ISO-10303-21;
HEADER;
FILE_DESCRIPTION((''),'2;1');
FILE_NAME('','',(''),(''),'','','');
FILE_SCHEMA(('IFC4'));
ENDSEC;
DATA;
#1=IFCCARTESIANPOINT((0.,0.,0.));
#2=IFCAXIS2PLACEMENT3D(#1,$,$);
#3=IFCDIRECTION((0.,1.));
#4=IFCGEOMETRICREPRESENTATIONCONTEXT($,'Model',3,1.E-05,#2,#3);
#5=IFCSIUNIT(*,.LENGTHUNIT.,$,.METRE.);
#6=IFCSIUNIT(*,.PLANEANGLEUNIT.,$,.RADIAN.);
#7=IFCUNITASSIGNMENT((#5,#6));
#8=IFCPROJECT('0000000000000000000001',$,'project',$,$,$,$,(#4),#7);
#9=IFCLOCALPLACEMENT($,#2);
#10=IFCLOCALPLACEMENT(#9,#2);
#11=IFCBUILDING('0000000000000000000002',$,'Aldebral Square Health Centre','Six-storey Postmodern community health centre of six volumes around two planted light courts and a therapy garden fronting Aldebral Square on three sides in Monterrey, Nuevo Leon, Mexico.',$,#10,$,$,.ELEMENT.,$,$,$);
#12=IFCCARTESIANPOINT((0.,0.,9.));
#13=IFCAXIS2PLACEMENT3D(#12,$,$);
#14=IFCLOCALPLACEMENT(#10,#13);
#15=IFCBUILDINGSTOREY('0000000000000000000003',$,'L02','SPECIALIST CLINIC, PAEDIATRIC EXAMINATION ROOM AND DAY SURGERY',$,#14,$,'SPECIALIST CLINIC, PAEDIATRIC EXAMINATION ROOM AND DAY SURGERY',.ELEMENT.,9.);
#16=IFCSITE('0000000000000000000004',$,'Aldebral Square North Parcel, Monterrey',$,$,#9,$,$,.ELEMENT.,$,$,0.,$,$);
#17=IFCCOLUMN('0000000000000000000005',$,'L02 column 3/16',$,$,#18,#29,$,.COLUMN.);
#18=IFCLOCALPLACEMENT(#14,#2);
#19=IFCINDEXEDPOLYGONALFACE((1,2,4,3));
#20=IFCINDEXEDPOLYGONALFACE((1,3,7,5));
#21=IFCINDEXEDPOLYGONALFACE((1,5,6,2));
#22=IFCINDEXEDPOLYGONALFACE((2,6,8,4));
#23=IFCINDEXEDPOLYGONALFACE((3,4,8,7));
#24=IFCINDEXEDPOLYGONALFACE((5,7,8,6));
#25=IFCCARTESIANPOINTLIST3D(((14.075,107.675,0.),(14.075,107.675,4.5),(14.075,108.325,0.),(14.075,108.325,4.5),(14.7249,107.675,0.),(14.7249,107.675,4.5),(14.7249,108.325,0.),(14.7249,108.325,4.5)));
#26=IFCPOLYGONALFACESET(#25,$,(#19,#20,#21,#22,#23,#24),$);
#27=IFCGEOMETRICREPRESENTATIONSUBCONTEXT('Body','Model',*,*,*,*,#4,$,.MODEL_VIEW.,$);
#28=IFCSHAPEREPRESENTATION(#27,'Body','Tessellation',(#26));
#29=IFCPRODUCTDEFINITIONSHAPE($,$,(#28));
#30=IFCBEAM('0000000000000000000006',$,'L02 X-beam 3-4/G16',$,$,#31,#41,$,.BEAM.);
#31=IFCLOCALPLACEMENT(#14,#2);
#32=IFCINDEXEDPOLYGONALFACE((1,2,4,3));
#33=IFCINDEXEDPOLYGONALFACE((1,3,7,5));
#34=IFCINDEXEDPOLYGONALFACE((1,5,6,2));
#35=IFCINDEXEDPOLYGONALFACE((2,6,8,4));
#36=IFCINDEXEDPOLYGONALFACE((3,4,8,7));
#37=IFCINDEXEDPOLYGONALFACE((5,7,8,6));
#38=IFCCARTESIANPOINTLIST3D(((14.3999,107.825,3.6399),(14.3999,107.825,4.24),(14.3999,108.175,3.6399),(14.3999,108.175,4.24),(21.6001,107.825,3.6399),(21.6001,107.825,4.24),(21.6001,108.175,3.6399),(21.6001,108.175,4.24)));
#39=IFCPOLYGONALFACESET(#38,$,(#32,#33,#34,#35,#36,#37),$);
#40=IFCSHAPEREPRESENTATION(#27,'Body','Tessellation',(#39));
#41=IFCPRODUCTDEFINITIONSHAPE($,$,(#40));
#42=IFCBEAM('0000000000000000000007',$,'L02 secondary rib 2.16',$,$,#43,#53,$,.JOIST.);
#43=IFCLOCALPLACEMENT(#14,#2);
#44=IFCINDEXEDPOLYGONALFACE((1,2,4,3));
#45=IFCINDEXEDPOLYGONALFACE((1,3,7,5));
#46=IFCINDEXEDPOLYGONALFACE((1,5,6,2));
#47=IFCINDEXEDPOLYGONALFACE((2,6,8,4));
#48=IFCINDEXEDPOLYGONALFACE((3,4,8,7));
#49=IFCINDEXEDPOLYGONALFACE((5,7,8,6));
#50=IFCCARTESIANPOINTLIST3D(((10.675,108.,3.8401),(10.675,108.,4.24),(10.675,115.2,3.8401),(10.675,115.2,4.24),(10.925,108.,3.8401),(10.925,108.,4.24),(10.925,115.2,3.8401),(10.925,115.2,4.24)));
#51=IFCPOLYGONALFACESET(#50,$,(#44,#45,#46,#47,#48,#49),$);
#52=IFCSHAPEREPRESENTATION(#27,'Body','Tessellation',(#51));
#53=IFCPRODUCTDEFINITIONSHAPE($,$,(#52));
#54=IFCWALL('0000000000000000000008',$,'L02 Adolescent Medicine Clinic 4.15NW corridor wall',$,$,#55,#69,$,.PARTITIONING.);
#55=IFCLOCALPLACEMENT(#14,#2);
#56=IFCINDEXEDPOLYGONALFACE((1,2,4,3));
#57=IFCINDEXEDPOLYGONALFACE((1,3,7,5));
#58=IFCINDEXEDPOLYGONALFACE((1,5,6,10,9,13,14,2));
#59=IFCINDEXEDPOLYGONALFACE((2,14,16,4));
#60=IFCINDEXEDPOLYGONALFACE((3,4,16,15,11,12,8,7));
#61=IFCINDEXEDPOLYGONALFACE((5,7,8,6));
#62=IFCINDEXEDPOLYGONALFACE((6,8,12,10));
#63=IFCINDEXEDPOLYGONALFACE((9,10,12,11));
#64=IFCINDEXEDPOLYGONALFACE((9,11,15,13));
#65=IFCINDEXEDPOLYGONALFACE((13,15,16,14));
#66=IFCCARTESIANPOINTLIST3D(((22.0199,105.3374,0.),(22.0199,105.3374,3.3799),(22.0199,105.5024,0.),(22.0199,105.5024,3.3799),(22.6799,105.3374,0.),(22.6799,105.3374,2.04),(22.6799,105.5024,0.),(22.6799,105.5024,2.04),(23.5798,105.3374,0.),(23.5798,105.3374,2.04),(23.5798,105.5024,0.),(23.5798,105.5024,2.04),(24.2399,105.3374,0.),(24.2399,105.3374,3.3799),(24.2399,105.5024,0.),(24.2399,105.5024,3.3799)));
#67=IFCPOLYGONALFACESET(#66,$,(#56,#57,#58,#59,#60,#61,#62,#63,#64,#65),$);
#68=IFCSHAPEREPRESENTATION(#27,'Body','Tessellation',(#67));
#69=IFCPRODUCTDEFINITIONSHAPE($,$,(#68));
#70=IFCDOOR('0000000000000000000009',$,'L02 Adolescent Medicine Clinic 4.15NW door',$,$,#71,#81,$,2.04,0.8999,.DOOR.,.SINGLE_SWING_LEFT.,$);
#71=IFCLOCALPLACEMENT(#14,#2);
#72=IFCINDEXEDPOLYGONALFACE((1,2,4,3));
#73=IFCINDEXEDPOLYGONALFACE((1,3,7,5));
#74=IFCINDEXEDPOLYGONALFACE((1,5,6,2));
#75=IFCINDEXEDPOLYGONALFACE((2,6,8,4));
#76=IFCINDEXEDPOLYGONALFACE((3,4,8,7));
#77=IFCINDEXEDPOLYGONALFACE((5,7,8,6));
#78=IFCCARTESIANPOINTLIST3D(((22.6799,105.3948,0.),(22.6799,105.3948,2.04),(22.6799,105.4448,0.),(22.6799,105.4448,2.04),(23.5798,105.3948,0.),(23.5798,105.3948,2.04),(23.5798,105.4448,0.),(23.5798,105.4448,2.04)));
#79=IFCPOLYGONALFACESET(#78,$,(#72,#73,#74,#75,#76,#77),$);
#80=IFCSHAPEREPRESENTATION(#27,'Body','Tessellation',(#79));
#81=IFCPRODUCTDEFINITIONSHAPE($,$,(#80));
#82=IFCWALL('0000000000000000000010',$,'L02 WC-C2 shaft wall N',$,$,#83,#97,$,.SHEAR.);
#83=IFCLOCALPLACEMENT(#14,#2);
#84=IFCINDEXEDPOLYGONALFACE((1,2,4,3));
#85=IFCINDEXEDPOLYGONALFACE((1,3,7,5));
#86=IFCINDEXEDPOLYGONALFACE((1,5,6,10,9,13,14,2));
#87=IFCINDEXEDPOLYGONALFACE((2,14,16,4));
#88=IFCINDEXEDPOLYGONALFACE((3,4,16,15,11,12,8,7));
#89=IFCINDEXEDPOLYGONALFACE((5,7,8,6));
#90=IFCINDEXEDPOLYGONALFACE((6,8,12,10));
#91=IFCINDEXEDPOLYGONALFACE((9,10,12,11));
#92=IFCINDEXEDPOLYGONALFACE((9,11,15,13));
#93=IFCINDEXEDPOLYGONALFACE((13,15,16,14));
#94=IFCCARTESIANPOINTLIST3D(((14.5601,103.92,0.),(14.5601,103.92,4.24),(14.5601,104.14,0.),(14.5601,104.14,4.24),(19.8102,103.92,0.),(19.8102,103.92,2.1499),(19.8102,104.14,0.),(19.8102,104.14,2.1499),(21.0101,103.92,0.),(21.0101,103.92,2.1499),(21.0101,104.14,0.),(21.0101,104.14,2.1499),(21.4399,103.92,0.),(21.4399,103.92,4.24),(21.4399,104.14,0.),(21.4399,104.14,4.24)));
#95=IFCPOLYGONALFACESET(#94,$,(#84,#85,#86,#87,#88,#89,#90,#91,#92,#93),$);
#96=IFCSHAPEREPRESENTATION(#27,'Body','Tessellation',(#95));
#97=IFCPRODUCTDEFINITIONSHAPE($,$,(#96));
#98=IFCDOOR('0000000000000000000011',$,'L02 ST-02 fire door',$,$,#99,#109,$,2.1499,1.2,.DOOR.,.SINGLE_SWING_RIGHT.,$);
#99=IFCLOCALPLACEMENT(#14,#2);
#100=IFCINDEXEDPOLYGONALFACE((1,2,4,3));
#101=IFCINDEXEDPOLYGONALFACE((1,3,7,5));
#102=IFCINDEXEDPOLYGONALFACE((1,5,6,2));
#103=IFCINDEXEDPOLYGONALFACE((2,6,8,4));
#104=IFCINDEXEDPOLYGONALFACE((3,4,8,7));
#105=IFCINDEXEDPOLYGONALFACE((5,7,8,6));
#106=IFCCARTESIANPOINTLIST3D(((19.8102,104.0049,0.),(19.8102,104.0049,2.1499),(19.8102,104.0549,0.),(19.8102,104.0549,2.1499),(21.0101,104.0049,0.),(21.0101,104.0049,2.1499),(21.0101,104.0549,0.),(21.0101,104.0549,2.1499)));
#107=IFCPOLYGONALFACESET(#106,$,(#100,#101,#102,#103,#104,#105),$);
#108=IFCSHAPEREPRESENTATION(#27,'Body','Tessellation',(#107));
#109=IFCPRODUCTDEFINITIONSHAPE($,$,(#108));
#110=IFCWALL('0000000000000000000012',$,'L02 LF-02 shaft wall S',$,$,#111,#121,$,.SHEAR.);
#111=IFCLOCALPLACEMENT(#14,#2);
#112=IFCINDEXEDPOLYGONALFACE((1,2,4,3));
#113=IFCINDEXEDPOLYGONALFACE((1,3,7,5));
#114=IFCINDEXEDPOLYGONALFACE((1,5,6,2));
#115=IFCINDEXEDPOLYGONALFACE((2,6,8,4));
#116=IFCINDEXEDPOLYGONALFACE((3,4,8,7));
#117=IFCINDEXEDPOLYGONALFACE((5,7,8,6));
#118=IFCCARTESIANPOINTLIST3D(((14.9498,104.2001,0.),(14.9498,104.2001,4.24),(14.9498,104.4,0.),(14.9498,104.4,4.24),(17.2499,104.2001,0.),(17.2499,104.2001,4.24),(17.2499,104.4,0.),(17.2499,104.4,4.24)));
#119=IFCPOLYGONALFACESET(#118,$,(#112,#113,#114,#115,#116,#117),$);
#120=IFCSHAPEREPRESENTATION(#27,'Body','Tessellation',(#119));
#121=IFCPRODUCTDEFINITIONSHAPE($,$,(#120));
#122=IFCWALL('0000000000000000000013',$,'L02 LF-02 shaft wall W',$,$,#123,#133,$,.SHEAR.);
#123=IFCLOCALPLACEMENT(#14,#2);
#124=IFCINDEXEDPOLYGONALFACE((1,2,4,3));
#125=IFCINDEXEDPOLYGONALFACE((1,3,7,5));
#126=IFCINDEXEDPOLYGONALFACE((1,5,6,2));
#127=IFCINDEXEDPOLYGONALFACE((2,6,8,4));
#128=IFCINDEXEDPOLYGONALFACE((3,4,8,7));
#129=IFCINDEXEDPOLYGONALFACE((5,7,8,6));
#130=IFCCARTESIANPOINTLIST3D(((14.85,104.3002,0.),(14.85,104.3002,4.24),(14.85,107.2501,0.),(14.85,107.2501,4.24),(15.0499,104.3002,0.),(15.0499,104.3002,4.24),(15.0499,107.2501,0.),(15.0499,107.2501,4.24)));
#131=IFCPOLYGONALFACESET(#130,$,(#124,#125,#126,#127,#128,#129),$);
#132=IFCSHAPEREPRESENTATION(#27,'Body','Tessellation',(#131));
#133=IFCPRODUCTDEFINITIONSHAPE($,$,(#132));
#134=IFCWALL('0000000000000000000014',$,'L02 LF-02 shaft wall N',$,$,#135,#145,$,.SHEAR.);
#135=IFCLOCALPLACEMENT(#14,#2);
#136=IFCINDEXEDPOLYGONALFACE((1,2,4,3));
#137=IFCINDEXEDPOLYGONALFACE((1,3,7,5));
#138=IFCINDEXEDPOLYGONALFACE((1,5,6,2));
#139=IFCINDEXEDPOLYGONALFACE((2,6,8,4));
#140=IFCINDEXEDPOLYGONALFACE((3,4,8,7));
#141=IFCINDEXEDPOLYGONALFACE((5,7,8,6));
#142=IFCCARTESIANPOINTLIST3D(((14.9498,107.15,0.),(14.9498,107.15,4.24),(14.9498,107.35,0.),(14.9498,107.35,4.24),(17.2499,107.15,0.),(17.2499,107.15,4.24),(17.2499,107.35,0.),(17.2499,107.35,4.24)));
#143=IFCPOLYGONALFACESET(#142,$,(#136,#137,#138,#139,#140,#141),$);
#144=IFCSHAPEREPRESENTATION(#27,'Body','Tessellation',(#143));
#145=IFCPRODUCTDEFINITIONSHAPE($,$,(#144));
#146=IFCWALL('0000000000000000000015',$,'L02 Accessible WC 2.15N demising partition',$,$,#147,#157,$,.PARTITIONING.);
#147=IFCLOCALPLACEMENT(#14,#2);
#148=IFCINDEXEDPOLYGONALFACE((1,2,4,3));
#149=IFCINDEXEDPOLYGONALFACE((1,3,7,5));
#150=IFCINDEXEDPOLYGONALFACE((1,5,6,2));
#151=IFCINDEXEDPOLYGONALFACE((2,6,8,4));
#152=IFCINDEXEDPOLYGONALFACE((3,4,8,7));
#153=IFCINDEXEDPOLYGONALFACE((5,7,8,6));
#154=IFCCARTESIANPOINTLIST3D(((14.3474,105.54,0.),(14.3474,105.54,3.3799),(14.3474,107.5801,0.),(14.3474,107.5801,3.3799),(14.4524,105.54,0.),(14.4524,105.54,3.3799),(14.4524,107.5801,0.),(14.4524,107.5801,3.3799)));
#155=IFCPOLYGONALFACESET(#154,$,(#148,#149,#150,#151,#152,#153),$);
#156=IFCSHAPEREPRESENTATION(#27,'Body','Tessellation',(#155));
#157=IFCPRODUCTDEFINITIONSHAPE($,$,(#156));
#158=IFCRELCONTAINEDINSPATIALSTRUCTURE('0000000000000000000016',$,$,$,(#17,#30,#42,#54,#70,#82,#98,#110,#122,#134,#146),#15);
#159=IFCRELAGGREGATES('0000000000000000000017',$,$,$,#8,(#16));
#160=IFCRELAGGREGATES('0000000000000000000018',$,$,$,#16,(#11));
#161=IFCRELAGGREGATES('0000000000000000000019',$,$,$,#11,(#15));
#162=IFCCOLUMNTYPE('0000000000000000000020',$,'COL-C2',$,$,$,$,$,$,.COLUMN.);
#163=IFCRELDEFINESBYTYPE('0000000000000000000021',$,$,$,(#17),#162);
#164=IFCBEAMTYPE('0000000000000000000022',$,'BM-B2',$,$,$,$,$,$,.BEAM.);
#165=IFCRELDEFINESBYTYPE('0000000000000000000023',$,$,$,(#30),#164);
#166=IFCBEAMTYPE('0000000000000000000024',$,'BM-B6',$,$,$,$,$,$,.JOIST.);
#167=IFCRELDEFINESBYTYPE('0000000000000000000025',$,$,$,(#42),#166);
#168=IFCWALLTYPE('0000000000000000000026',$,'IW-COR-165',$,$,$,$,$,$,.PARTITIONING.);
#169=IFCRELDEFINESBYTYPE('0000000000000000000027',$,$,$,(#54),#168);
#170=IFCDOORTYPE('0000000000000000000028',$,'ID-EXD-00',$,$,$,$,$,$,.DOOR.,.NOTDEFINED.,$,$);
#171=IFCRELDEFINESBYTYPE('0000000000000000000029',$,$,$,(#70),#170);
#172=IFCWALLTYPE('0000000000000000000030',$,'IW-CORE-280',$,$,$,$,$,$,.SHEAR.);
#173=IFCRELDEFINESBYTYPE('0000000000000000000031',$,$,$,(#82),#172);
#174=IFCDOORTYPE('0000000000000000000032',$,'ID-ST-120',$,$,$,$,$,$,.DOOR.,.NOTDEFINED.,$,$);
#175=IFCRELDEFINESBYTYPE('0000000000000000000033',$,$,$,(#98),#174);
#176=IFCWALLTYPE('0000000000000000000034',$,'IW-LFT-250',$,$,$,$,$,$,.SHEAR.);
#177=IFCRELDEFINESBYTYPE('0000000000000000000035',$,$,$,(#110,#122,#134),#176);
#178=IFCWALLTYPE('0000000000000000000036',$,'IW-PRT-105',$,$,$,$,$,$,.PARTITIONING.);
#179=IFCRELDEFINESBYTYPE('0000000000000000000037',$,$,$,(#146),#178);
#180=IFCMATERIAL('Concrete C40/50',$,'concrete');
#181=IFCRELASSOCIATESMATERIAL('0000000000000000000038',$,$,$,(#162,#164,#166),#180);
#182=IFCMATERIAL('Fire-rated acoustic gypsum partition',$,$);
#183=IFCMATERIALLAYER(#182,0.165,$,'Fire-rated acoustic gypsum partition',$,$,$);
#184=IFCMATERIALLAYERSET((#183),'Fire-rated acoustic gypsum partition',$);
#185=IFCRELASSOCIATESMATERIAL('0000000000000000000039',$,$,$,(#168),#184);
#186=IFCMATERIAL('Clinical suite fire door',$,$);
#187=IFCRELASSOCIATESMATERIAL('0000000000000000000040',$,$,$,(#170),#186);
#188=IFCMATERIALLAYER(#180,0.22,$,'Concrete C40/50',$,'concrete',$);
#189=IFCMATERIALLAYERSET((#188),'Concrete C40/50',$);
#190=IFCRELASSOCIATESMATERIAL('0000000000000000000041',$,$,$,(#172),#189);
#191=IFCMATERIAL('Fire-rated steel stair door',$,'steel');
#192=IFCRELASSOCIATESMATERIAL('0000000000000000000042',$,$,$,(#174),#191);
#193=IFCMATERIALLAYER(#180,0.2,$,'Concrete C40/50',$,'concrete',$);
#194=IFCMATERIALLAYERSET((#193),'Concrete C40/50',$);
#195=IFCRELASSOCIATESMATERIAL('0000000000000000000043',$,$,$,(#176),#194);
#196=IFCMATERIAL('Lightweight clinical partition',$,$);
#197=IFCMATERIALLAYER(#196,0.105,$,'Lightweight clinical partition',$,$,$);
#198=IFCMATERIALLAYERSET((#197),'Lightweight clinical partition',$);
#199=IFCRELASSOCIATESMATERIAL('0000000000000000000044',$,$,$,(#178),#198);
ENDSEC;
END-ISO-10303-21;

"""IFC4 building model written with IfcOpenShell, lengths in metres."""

from ifc_helpers import new_model, si_unit, direction, frame, frame_2d, origin, origin_2d, place, context, subcontext, project, spatial, rectangle, extrude, material, layer, layer_set, material_profile, profile_set, type_object, element, fill, save


model = new_model("IFC4")

# Units and contexts
model_context = context("Model", 3, precision=1e-05, world=origin(), true_north=direction((0.0, 1.0)))
body_context = subcontext(model_context, "Body", "Model", "MODEL_VIEW")
ifc_project = project(units=[si_unit("LENGTHUNIT", "METRE"), si_unit("PLANEANGLEUNIT", "RADIAN")], contexts=[model_context])

# Site, building, storey
site_placement = place(None, origin())
site = spatial("IfcSite", under=ifc_project, at=site_placement, Name="Aldebral Square North Parcel, Monterrey", CompositionType="ELEMENT", RefElevation=0.0)
building_placement = place(site_placement, origin())
building = spatial("IfcBuilding", under=site, at=building_placement, Name="Aldebral Square Health Centre", Description="Six-storey Postmodern community health centre of six volumes around two planted light courts and a therapy garden fronting Aldebral Square on three sides in Monterrey, Nuevo Leon, Mexico.", CompositionType="ELEMENT")
storey_placement = place(building_placement, frame((0.0, 0.0, 9.0)))
storey = spatial("IfcBuildingStorey", under=building, at=storey_placement, Name="L02", Description="SPECIALIST CLINIC, PAEDIATRIC EXAMINATION ROOM AND DAY SURGERY", LongName="SPECIALIST CLINIC, PAEDIATRIC EXAMINATION ROOM AND DAY SURGERY", CompositionType="ELEMENT", Elevation=9.0)

# Column
ifc_material_1 = material(Name="Concrete C40/50", Category="concrete")
ifc_material_profile_1 = material_profile(ifc_material_1, rectangle(XDim=0.6499, YDim=0.6499, at=origin_2d()), Name="RC 650x650")
ifc_profile_set_1 = profile_set([ifc_material_profile_1], Name="Concrete C40/50")
column_type = type_object("IfcColumnType", Name="COL-C2", PredefinedType="COLUMN", material=ifc_profile_set_1)
column_placement = place(storey_placement, frame((14.3999, 108.0, 0.0), z_axis=(0.0, 0.0, 1.0), x_axis=(1.0, 0.0, 0.0)))
element("IfcColumn", 1, at=column_placement, inside=storey, type_object=column_type, Name="L02 column 3/16", PredefinedType="COLUMN", context=body_context, shape_type="SweptSolid", body=[
    extrude(rectangle(XDim=0.6499, YDim=0.6499, at=origin_2d()), origin(), (0.0, 0.0, 1.0), 4.5),
])

# Beams
ifc_material_profile_2 = material_profile(ifc_material_1, rectangle(XDim=0.3501, YDim=0.6001, at=origin_2d()), Name="RC 350x600")
ifc_profile_set_2 = profile_set([ifc_material_profile_2], Name="Concrete C40/50")
beam_type_1 = type_object("IfcBeamType", Name="BM-B2", PredefinedType="BEAM", material=ifc_profile_set_2)
beam_1_placement = place(storey_placement, frame((14.3999, 108.0, 3.9399), z_axis=(1.0, 0.0, 0.0), x_axis=(0.0, 1.0, 0.0)))
element("IfcBeam", 2, at=beam_1_placement, inside=storey, type_object=beam_type_1, Name="L02 X-beam 3-4/G16", PredefinedType="BEAM", context=body_context, shape_type="SweptSolid", body=[
    extrude(rectangle(XDim=0.3501, YDim=0.6001, at=origin_2d()), origin(), (0.0, 0.0, 1.0), 7.2002),
])
ifc_material_profile_3 = material_profile(ifc_material_1, rectangle(XDim=0.25, YDim=0.3999, at=origin_2d()), Name="RC 250x400")
ifc_profile_set_3 = profile_set([ifc_material_profile_3], Name="Concrete C40/50")
beam_type_2 = type_object("IfcBeamType", Name="BM-B6", PredefinedType="JOIST", material=ifc_profile_set_3)
beam_2_placement = place(storey_placement, frame((10.8, 108.0, 4.04), z_axis=(0.0, 1.0, 0.0), x_axis=(-1.0, 0.0, 0.0)))
element("IfcBeam", 3, at=beam_2_placement, inside=storey, type_object=beam_type_2, Name="L02 secondary rib 2.16", PredefinedType="JOIST", context=body_context, shape_type="SweptSolid", body=[
    extrude(rectangle(XDim=0.25, YDim=0.3999, at=origin_2d()), origin(), (0.0, 0.0, 1.0), 7.2),
])

# Walls, openings, doors
ifc_material_2 = material(Name="Fire-rated acoustic gypsum partition")
ifc_layer_1 = layer(ifc_material_2, 0.165, Name="Fire-rated acoustic gypsum partition")
ifc_layer_set_1 = layer_set([ifc_layer_1], Name="Fire-rated acoustic gypsum partition")
wall_type_1 = type_object("IfcWallType", Name="IW-COR-165", PredefinedType="PARTITIONING", material=ifc_layer_set_1)
wall_1_placement = place(storey_placement, frame((22.02, 105.4199, 0.0), z_axis=(0.0, 0.0, 1.0), x_axis=(1.0, 0.0, 0.0)))
wall_1 = element("IfcWall", 4, at=wall_1_placement, inside=storey, type_object=wall_type_1, Name="L02 Adolescent Medicine Clinic 4.15NW corridor wall", PredefinedType="PARTITIONING", context=body_context, shape_type="SweptSolid", body=[
    extrude(rectangle(XDim=2.22, YDim=0.165, at=frame_2d((1.1099, 0.0))), origin(), (0.0, 0.0, 1.0), 3.3799),
])
opening_1_placement = place(wall_1_placement, frame((0.6599, 0.0, 0.0)))
opening_1 = element("IfcOpeningElement", 5, at=opening_1_placement, cuts=wall_1, PredefinedType="OPENING", context=body_context, shape_type="SweptSolid", body=[
    extrude(rectangle(XDim=0.8999, YDim=2.04, at=frame_2d((0.45, 1.02))), frame((0.0, 0.0925, 0.0), z_axis=(0.0, -1.0, 0.0), x_axis=(1.0, 0.0, 0.0)), (0.0, 0.0, 1.0), 0.1851),
])
ifc_material_3 = material(Name="Clinical suite fire door")
door_type_1 = type_object("IfcDoorType", Name="ID-EXD-00", OperationType="NOTDEFINED", PredefinedType="DOOR", material=ifc_material_3)
door_1_placement = place(opening_1_placement, origin())
door_1 = element("IfcDoor", 6, at=door_1_placement, inside=storey, type_object=door_type_1, Name="L02 Adolescent Medicine Clinic 4.15NW door", OperationType="SINGLE_SWING_LEFT", OverallHeight=2.04, OverallWidth=0.8999, PredefinedType="DOOR", context=body_context, shape_type="SweptSolid", body=[
    extrude(rectangle(XDim=0.8999, YDim=2.04, at=frame_2d((0.45, 1.02))), frame((0.0, 0.0249, 0.0), z_axis=(0.0, -1.0, 0.0), x_axis=(1.0, 0.0, 0.0)), (0.0, 0.0, 1.0), 0.05),
])
fill(opening_1, door_1)
ifc_layer_2 = layer(ifc_material_1, 0.22, Name="Concrete C40/50", Category="concrete")
ifc_layer_set_2 = layer_set([ifc_layer_2], Name="Concrete C40/50")
wall_type_2 = type_object("IfcWallType", Name="IW-CORE-280", PredefinedType="SHEAR", material=ifc_layer_set_2)
wall_2_placement = place(storey_placement, frame((14.5601, 104.03, 0.0), z_axis=(0.0, 0.0, 1.0), x_axis=(1.0, 0.0, 0.0)))
wall_2 = element("IfcWall", 7, at=wall_2_placement, inside=storey, type_object=wall_type_2, Name="L02 WC-C2 shaft wall N", PredefinedType="SHEAR", context=body_context, shape_type="SweptSolid", body=[
    extrude(rectangle(XDim=6.8799, YDim=0.22, at=frame_2d((3.4399, 0.0))), origin(), (0.0, 0.0, 1.0), 4.24),
])
opening_2_placement = place(wall_2_placement, frame((5.25, 0.0, 0.0)))
opening_2 = element("IfcOpeningElement", 8, at=opening_2_placement, cuts=wall_2, PredefinedType="OPENING", context=body_context, shape_type="SweptSolid", body=[
    extrude(rectangle(XDim=1.2, YDim=2.1499, at=frame_2d((0.6001, 1.075))), frame((0.0, 0.1201, 0.0), z_axis=(0.0, -1.0, 0.0), x_axis=(1.0, 0.0, 0.0)), (0.0, 0.0, 1.0), 0.24),
])
ifc_material_4 = material(Name="Fire-rated steel stair door", Category="steel")
door_type_2 = type_object("IfcDoorType", Name="ID-ST-120", OperationType="NOTDEFINED", PredefinedType="DOOR", material=ifc_material_4)
door_2_placement = place(opening_2_placement, origin())
door_2 = element("IfcDoor", 9, at=door_2_placement, inside=storey, type_object=door_type_2, Name="L02 ST-02 fire door", OperationType="SINGLE_SWING_RIGHT", OverallHeight=2.1499, OverallWidth=1.2, PredefinedType="DOOR", context=body_context, shape_type="SweptSolid", body=[
    extrude(rectangle(XDim=1.2, YDim=2.1499, at=frame_2d((0.6001, 1.075))), frame((0.0, 0.0249, 0.0), z_axis=(0.0, -1.0, 0.0), x_axis=(1.0, 0.0, 0.0)), (0.0, 0.0, 1.0), 0.05),
])
fill(opening_2, door_2)

# Walls
ifc_layer_3 = layer(ifc_material_1, 0.2, Name="Concrete C40/50", Category="concrete")
ifc_layer_set_3 = layer_set([ifc_layer_3], Name="Concrete C40/50")
wall_type_3 = type_object("IfcWallType", Name="IW-LFT-250", PredefinedType="SHEAR", material=ifc_layer_set_3)
wall_3_placement = place(storey_placement, frame((14.95, 104.3, 0.0), z_axis=(0.0, 0.0, 1.0), x_axis=(1.0, 0.0, 0.0)))
element("IfcWall", 10, at=wall_3_placement, inside=storey, type_object=wall_type_3, Name="L02 LF-02 shaft wall S", PredefinedType="SHEAR", context=body_context, shape_type="SweptSolid", body=[
    extrude(rectangle(XDim=2.3, YDim=0.2, at=frame_2d((1.1499, 0.0))), origin(), (0.0, 0.0, 1.0), 4.24),
])
wall_4_placement = place(storey_placement, frame((14.95, 104.3, 0.0), z_axis=(0.0, 0.0, 1.0), x_axis=(0.0, 1.0, 0.0)))
element("IfcWall", 11, at=wall_4_placement, inside=storey, type_object=wall_type_3, Name="L02 LF-02 shaft wall W", PredefinedType="SHEAR", context=body_context, shape_type="SweptSolid", body=[
    extrude(rectangle(XDim=2.95, YDim=0.2, at=frame_2d((1.4751, 0.0))), origin(), (0.0, 0.0, 1.0), 4.24),
])
wall_5_placement = place(storey_placement, frame((14.95, 107.25, 0.0), z_axis=(0.0, 0.0, 1.0), x_axis=(1.0, 0.0, 0.0)))
element("IfcWall", 12, at=wall_5_placement, inside=storey, type_object=wall_type_3, Name="L02 LF-02 shaft wall N", PredefinedType="SHEAR", context=body_context, shape_type="SweptSolid", body=[
    extrude(rectangle(XDim=2.3, YDim=0.2, at=frame_2d((1.1499, 0.0))), origin(), (0.0, 0.0, 1.0), 4.24),
])

# Wall
ifc_material_5 = material(Name="Lightweight clinical partition")
ifc_layer_4 = layer(ifc_material_5, 0.105, Name="Lightweight clinical partition")
ifc_layer_set_4 = layer_set([ifc_layer_4], Name="Lightweight clinical partition")
wall_type_4 = type_object("IfcWallType", Name="IW-PRT-105", PredefinedType="PARTITIONING", material=ifc_layer_set_4)
wall_6_placement = place(storey_placement, frame((14.3999, 105.54, 0.0), z_axis=(0.0, 0.0, 1.0), x_axis=(0.0, 1.0, 0.0)))
element("IfcWall", 13, at=wall_6_placement, inside=storey, type_object=wall_type_4, Name="L02 Accessible WC 2.15N demising partition", PredefinedType="PARTITIONING", context=body_context, shape_type="SweptSolid", body=[
    extrude(rectangle(XDim=2.04, YDim=0.105, at=frame_2d((1.02, 0.0))), origin(), (0.0, 0.0, 1.0), 3.3799),
])

save(model, "model.ifc")
